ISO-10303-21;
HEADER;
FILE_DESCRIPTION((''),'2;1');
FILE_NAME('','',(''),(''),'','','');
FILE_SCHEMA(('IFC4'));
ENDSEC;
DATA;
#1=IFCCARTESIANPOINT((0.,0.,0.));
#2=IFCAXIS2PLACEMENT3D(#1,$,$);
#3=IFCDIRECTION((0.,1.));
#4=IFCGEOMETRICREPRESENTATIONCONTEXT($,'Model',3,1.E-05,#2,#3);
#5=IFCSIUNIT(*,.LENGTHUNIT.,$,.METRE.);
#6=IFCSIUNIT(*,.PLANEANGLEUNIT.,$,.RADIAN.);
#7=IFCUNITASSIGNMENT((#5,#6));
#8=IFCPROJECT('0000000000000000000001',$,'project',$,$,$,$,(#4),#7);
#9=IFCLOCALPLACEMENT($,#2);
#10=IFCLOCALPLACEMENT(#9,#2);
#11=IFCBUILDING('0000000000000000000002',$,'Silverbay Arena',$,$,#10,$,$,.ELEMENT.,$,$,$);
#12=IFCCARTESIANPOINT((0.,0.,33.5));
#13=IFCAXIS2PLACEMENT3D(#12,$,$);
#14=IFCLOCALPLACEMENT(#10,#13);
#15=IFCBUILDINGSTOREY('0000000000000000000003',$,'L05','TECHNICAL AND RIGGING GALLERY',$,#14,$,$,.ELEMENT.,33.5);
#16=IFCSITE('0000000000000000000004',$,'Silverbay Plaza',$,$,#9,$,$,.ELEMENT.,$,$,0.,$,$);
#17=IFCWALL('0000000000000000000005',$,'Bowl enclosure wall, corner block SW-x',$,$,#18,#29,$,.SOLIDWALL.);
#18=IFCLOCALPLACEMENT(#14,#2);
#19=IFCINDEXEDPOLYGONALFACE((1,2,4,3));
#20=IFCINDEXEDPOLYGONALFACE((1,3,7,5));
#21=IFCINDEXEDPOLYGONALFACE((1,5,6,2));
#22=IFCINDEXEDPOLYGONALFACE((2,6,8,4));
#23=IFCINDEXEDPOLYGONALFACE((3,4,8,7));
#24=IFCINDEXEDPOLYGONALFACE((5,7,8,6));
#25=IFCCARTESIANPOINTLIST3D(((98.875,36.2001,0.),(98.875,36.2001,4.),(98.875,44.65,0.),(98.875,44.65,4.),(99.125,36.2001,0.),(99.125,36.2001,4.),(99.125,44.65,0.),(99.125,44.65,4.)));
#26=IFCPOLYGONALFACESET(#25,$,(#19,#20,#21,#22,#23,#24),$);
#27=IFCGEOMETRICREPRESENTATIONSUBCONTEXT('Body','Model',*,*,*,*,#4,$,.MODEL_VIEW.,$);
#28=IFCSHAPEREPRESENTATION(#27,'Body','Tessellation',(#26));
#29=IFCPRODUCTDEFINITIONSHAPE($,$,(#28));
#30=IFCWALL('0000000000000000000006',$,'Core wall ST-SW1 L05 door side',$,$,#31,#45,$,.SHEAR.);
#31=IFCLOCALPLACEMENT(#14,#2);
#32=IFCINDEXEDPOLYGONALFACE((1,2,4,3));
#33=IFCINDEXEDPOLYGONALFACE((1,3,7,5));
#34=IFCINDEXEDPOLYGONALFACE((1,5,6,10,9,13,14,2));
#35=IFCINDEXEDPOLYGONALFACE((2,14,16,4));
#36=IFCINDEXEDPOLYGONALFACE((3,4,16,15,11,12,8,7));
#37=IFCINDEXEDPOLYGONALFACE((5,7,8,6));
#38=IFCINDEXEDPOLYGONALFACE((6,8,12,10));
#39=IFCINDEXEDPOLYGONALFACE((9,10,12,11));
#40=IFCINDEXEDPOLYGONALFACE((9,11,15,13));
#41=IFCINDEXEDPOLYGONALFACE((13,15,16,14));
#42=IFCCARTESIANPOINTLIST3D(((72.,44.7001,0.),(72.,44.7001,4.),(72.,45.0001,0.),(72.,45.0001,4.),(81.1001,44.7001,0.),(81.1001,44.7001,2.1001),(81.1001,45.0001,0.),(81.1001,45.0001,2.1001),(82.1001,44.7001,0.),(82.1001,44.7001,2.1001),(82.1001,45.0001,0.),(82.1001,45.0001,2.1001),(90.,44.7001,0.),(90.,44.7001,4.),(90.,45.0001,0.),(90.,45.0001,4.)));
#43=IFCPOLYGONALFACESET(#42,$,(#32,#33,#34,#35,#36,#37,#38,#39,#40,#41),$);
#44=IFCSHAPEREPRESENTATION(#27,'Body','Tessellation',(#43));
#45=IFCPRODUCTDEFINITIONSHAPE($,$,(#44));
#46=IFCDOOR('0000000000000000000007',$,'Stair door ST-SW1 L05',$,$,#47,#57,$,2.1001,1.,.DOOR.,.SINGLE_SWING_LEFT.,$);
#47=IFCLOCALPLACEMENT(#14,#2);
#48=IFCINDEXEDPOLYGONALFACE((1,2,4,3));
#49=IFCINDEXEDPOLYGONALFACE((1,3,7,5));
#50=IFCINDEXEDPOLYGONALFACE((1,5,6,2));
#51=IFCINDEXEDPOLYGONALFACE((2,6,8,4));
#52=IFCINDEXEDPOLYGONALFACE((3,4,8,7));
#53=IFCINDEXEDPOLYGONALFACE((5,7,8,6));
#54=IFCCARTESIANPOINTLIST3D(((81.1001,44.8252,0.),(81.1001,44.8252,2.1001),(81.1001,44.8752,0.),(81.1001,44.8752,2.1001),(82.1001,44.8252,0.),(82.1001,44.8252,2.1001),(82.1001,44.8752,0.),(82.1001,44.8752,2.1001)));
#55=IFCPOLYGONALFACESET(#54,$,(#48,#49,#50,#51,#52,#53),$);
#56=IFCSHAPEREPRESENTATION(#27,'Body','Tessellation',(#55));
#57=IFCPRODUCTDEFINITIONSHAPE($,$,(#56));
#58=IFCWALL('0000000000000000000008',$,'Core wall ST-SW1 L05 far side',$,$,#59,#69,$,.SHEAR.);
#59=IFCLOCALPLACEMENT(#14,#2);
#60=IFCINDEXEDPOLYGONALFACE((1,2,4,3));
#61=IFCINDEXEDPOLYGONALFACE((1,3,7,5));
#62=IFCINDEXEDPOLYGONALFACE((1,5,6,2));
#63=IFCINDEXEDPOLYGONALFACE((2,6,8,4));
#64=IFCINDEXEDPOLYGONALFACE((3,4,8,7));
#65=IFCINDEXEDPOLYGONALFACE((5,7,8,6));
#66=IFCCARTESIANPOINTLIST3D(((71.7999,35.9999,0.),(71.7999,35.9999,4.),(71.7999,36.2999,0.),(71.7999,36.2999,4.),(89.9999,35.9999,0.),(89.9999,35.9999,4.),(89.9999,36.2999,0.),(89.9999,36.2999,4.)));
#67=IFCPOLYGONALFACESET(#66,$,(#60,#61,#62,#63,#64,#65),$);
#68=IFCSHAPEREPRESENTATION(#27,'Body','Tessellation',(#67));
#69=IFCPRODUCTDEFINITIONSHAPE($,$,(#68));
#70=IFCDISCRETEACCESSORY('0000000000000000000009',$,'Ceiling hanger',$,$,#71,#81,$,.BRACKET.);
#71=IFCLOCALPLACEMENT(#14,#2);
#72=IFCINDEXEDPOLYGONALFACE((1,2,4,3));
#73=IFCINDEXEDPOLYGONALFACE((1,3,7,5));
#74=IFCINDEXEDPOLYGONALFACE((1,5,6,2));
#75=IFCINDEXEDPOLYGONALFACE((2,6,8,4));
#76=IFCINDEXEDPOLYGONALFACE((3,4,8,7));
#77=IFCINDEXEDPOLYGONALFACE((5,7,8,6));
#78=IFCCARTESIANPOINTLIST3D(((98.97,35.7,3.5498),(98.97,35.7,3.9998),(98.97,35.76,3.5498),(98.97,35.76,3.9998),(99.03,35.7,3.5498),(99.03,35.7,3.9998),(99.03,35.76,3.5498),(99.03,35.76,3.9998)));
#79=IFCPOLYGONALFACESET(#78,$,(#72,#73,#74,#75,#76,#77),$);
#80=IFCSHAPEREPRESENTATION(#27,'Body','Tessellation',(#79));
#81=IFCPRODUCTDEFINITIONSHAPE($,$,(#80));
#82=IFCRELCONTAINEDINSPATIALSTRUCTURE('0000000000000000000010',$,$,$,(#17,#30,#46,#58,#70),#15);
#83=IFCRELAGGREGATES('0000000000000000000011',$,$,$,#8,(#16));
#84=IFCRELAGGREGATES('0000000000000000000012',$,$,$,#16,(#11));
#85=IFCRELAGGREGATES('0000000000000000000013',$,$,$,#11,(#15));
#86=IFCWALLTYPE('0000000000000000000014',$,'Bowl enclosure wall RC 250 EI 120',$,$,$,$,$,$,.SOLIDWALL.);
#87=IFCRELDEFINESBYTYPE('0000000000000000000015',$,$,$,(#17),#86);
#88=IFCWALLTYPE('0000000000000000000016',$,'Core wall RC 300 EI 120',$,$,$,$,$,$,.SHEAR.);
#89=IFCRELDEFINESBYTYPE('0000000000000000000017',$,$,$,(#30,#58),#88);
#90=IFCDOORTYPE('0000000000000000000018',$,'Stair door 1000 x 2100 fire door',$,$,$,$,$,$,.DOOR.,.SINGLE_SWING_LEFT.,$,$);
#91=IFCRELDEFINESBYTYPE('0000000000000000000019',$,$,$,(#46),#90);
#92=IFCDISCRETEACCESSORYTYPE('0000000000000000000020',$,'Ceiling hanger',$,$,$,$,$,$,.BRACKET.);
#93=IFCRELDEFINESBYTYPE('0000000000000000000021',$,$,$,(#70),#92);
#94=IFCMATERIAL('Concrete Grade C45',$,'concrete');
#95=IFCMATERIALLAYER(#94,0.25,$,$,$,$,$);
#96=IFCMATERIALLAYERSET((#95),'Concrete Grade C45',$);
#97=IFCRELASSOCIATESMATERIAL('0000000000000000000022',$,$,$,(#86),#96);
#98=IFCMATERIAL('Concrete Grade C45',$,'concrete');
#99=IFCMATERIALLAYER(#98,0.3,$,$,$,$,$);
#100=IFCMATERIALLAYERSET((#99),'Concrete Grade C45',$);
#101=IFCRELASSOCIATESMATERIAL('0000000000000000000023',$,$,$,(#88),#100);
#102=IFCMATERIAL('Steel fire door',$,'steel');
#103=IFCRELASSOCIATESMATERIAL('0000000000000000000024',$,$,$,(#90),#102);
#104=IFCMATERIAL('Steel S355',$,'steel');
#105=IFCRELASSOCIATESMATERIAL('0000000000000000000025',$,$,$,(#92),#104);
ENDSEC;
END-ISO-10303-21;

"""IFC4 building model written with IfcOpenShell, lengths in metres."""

from ifc_helpers import new_model, si_unit, direction, frame, frame_2d, origin, origin_2d, place, context, subcontext, project, spatial, rectangle, extrude, material, layer, layer_set, type_object, element, fill, save


model = new_model("IFC4")

# Units and contexts
model_context = context("Model", 3, precision=1e-05, world=origin(), true_north=direction((0.0, 1.0)))
body_context = subcontext(model_context, "Body", "Model", "MODEL_VIEW")
ifc_project = project(units=[si_unit("LENGTHUNIT", "METRE"), si_unit("PLANEANGLEUNIT", "RADIAN")], contexts=[model_context])

# Site, building, storey
site_placement = place(None, origin())
site = spatial("IfcSite", under=ifc_project, at=site_placement, Name="Silverbay Plaza", CompositionType="ELEMENT", RefElevation=0.0)
building_placement = place(site_placement, origin())
building = spatial("IfcBuilding", under=site, at=building_placement, Name="Silverbay Arena", CompositionType="ELEMENT")
storey_placement = place(building_placement, frame((0.0, 0.0, 33.5)))
storey = spatial("IfcBuildingStorey", under=building, at=storey_placement, Name="L05", Description="TECHNICAL AND RIGGING GALLERY", CompositionType="ELEMENT", Elevation=33.5)

# Wall
ifc_material_1 = material(Name="Concrete Grade C45", Category="concrete")
ifc_layer_1 = layer(ifc_material_1, 0.25)
ifc_layer_set_1 = layer_set([ifc_layer_1], Name="Concrete Grade C45")
wall_type_1 = type_object("IfcWallType", Name="Bowl enclosure wall RC 250 EI 120", PredefinedType="SOLIDWALL", material=ifc_layer_set_1)
wall_1_placement = place(storey_placement, frame((99.0, 36.2, 0.0), z_axis=(0.0, 0.0, 1.0), x_axis=(0.0, 1.0, 0.0)))
element("IfcWall", 1, at=wall_1_placement, inside=storey, type_object=wall_type_1, Name="Bowl enclosure wall, corner block SW-x", PredefinedType="SOLIDWALL", context=body_context, shape_type="SweptSolid", body=[
    extrude(rectangle(XDim=8.45, YDim=0.25, at=frame_2d((4.2251, 0.0))), origin(), (0.0, 0.0, 1.0), 4.0),
])

# Wall, opening, door
ifc_material_2 = material(Name="Concrete Grade C45", Category="concrete")
ifc_layer_2 = layer(ifc_material_2, 0.3)
ifc_layer_set_2 = layer_set([ifc_layer_2], Name="Concrete Grade C45")
wall_type_2 = type_object("IfcWallType", Name="Core wall RC 300 EI 120", PredefinedType="SHEAR", material=ifc_layer_set_2)
wall_2_placement = place(storey_placement, frame((90.0, 44.8501, 0.0), z_axis=(0.0, 0.0, 1.0), x_axis=(-1.0, 0.0, 0.0)))
wall_2 = element("IfcWall", 2, at=wall_2_placement, inside=storey, type_object=wall_type_2, Name="Core wall ST-SW1 L05 door side", PredefinedType="SHEAR", context=body_context, shape_type="SweptSolid", body=[
    extrude(rectangle(XDim=18.0, YDim=0.3, at=frame_2d((9.0, 0.0))), origin(), (0.0, 0.0, 1.0), 4.0),
])
opening_placement = place(wall_2_placement, frame((7.8999, 0.0, 0.0)))
opening = element("IfcOpeningElement", 3, at=opening_placement, cuts=wall_2, PredefinedType="OPENING", context=body_context, shape_type="SweptSolid", body=[
    extrude(rectangle(XDim=1.0, YDim=2.1001, at=frame_2d((0.5, 1.05))), frame((0.0, 0.1602, 0.0), z_axis=(0.0, -1.0, 0.0), x_axis=(1.0, 0.0, 0.0)), (0.0, 0.0, 1.0), 0.3201),
])
ifc_material_3 = material(Name="Steel fire door", Category="steel")
door_type = type_object("IfcDoorType", Name="Stair door 1000 x 2100 fire door", OperationType="SINGLE_SWING_LEFT", PredefinedType="DOOR", material=ifc_material_3)
door_placement = place(opening_placement, origin())
door = element("IfcDoor", 4, at=door_placement, inside=storey, type_object=door_type, Name="Stair door ST-SW1 L05", OperationType="SINGLE_SWING_LEFT", OverallHeight=2.1001, OverallWidth=1.0, PredefinedType="DOOR", context=body_context, shape_type="SweptSolid", body=[
    extrude(rectangle(XDim=1.0, YDim=2.1001, at=frame_2d((0.5, 1.05))), frame((0.0, 0.0249, 0.0), z_axis=(0.0, -1.0, 0.0), x_axis=(1.0, 0.0, 0.0)), (0.0, 0.0, 1.0), 0.05),
])
fill(opening, door)

# Wall
wall_3_placement = place(storey_placement, frame((90.0, 36.1499, 0.0), z_axis=(0.0, 0.0, 1.0), x_axis=(-1.0, 0.0, 0.0)))
element("IfcWall", 5, at=wall_3_placement, inside=storey, type_object=wall_type_2, Name="Core wall ST-SW1 L05 far side", PredefinedType="SHEAR", context=body_context, shape_type="SweptSolid", body=[
    extrude(rectangle(XDim=18.2, YDim=0.3, at=frame_2d((9.1001, 0.0))), origin(), (0.0, 0.0, 1.0), 4.0),
])

# Discrete accessory
ifc_material_4 = material(Name="Steel S355", Category="steel")
discrete_accessory_type = type_object("IfcDiscreteAccessoryType", Name="Ceiling hanger", PredefinedType="BRACKET", material=ifc_material_4)
discrete_accessory_placement = place(storey_placement, frame((99.0, 35.73, 3.5498), z_axis=(0.0, 0.0, 1.0), x_axis=(1.0, 0.0, 0.0)))
element("IfcDiscreteAccessory", 6, at=discrete_accessory_placement, inside=storey, type_object=discrete_accessory_type, Name="Ceiling hanger", PredefinedType="BRACKET", context=body_context, shape_type="SweptSolid", body=[
    extrude(rectangle(XDim=0.0601, YDim=0.0601, at=origin_2d()), origin(), (0.0, 0.0, 1.0), 0.45),
])

save(model, "model.ifc")
